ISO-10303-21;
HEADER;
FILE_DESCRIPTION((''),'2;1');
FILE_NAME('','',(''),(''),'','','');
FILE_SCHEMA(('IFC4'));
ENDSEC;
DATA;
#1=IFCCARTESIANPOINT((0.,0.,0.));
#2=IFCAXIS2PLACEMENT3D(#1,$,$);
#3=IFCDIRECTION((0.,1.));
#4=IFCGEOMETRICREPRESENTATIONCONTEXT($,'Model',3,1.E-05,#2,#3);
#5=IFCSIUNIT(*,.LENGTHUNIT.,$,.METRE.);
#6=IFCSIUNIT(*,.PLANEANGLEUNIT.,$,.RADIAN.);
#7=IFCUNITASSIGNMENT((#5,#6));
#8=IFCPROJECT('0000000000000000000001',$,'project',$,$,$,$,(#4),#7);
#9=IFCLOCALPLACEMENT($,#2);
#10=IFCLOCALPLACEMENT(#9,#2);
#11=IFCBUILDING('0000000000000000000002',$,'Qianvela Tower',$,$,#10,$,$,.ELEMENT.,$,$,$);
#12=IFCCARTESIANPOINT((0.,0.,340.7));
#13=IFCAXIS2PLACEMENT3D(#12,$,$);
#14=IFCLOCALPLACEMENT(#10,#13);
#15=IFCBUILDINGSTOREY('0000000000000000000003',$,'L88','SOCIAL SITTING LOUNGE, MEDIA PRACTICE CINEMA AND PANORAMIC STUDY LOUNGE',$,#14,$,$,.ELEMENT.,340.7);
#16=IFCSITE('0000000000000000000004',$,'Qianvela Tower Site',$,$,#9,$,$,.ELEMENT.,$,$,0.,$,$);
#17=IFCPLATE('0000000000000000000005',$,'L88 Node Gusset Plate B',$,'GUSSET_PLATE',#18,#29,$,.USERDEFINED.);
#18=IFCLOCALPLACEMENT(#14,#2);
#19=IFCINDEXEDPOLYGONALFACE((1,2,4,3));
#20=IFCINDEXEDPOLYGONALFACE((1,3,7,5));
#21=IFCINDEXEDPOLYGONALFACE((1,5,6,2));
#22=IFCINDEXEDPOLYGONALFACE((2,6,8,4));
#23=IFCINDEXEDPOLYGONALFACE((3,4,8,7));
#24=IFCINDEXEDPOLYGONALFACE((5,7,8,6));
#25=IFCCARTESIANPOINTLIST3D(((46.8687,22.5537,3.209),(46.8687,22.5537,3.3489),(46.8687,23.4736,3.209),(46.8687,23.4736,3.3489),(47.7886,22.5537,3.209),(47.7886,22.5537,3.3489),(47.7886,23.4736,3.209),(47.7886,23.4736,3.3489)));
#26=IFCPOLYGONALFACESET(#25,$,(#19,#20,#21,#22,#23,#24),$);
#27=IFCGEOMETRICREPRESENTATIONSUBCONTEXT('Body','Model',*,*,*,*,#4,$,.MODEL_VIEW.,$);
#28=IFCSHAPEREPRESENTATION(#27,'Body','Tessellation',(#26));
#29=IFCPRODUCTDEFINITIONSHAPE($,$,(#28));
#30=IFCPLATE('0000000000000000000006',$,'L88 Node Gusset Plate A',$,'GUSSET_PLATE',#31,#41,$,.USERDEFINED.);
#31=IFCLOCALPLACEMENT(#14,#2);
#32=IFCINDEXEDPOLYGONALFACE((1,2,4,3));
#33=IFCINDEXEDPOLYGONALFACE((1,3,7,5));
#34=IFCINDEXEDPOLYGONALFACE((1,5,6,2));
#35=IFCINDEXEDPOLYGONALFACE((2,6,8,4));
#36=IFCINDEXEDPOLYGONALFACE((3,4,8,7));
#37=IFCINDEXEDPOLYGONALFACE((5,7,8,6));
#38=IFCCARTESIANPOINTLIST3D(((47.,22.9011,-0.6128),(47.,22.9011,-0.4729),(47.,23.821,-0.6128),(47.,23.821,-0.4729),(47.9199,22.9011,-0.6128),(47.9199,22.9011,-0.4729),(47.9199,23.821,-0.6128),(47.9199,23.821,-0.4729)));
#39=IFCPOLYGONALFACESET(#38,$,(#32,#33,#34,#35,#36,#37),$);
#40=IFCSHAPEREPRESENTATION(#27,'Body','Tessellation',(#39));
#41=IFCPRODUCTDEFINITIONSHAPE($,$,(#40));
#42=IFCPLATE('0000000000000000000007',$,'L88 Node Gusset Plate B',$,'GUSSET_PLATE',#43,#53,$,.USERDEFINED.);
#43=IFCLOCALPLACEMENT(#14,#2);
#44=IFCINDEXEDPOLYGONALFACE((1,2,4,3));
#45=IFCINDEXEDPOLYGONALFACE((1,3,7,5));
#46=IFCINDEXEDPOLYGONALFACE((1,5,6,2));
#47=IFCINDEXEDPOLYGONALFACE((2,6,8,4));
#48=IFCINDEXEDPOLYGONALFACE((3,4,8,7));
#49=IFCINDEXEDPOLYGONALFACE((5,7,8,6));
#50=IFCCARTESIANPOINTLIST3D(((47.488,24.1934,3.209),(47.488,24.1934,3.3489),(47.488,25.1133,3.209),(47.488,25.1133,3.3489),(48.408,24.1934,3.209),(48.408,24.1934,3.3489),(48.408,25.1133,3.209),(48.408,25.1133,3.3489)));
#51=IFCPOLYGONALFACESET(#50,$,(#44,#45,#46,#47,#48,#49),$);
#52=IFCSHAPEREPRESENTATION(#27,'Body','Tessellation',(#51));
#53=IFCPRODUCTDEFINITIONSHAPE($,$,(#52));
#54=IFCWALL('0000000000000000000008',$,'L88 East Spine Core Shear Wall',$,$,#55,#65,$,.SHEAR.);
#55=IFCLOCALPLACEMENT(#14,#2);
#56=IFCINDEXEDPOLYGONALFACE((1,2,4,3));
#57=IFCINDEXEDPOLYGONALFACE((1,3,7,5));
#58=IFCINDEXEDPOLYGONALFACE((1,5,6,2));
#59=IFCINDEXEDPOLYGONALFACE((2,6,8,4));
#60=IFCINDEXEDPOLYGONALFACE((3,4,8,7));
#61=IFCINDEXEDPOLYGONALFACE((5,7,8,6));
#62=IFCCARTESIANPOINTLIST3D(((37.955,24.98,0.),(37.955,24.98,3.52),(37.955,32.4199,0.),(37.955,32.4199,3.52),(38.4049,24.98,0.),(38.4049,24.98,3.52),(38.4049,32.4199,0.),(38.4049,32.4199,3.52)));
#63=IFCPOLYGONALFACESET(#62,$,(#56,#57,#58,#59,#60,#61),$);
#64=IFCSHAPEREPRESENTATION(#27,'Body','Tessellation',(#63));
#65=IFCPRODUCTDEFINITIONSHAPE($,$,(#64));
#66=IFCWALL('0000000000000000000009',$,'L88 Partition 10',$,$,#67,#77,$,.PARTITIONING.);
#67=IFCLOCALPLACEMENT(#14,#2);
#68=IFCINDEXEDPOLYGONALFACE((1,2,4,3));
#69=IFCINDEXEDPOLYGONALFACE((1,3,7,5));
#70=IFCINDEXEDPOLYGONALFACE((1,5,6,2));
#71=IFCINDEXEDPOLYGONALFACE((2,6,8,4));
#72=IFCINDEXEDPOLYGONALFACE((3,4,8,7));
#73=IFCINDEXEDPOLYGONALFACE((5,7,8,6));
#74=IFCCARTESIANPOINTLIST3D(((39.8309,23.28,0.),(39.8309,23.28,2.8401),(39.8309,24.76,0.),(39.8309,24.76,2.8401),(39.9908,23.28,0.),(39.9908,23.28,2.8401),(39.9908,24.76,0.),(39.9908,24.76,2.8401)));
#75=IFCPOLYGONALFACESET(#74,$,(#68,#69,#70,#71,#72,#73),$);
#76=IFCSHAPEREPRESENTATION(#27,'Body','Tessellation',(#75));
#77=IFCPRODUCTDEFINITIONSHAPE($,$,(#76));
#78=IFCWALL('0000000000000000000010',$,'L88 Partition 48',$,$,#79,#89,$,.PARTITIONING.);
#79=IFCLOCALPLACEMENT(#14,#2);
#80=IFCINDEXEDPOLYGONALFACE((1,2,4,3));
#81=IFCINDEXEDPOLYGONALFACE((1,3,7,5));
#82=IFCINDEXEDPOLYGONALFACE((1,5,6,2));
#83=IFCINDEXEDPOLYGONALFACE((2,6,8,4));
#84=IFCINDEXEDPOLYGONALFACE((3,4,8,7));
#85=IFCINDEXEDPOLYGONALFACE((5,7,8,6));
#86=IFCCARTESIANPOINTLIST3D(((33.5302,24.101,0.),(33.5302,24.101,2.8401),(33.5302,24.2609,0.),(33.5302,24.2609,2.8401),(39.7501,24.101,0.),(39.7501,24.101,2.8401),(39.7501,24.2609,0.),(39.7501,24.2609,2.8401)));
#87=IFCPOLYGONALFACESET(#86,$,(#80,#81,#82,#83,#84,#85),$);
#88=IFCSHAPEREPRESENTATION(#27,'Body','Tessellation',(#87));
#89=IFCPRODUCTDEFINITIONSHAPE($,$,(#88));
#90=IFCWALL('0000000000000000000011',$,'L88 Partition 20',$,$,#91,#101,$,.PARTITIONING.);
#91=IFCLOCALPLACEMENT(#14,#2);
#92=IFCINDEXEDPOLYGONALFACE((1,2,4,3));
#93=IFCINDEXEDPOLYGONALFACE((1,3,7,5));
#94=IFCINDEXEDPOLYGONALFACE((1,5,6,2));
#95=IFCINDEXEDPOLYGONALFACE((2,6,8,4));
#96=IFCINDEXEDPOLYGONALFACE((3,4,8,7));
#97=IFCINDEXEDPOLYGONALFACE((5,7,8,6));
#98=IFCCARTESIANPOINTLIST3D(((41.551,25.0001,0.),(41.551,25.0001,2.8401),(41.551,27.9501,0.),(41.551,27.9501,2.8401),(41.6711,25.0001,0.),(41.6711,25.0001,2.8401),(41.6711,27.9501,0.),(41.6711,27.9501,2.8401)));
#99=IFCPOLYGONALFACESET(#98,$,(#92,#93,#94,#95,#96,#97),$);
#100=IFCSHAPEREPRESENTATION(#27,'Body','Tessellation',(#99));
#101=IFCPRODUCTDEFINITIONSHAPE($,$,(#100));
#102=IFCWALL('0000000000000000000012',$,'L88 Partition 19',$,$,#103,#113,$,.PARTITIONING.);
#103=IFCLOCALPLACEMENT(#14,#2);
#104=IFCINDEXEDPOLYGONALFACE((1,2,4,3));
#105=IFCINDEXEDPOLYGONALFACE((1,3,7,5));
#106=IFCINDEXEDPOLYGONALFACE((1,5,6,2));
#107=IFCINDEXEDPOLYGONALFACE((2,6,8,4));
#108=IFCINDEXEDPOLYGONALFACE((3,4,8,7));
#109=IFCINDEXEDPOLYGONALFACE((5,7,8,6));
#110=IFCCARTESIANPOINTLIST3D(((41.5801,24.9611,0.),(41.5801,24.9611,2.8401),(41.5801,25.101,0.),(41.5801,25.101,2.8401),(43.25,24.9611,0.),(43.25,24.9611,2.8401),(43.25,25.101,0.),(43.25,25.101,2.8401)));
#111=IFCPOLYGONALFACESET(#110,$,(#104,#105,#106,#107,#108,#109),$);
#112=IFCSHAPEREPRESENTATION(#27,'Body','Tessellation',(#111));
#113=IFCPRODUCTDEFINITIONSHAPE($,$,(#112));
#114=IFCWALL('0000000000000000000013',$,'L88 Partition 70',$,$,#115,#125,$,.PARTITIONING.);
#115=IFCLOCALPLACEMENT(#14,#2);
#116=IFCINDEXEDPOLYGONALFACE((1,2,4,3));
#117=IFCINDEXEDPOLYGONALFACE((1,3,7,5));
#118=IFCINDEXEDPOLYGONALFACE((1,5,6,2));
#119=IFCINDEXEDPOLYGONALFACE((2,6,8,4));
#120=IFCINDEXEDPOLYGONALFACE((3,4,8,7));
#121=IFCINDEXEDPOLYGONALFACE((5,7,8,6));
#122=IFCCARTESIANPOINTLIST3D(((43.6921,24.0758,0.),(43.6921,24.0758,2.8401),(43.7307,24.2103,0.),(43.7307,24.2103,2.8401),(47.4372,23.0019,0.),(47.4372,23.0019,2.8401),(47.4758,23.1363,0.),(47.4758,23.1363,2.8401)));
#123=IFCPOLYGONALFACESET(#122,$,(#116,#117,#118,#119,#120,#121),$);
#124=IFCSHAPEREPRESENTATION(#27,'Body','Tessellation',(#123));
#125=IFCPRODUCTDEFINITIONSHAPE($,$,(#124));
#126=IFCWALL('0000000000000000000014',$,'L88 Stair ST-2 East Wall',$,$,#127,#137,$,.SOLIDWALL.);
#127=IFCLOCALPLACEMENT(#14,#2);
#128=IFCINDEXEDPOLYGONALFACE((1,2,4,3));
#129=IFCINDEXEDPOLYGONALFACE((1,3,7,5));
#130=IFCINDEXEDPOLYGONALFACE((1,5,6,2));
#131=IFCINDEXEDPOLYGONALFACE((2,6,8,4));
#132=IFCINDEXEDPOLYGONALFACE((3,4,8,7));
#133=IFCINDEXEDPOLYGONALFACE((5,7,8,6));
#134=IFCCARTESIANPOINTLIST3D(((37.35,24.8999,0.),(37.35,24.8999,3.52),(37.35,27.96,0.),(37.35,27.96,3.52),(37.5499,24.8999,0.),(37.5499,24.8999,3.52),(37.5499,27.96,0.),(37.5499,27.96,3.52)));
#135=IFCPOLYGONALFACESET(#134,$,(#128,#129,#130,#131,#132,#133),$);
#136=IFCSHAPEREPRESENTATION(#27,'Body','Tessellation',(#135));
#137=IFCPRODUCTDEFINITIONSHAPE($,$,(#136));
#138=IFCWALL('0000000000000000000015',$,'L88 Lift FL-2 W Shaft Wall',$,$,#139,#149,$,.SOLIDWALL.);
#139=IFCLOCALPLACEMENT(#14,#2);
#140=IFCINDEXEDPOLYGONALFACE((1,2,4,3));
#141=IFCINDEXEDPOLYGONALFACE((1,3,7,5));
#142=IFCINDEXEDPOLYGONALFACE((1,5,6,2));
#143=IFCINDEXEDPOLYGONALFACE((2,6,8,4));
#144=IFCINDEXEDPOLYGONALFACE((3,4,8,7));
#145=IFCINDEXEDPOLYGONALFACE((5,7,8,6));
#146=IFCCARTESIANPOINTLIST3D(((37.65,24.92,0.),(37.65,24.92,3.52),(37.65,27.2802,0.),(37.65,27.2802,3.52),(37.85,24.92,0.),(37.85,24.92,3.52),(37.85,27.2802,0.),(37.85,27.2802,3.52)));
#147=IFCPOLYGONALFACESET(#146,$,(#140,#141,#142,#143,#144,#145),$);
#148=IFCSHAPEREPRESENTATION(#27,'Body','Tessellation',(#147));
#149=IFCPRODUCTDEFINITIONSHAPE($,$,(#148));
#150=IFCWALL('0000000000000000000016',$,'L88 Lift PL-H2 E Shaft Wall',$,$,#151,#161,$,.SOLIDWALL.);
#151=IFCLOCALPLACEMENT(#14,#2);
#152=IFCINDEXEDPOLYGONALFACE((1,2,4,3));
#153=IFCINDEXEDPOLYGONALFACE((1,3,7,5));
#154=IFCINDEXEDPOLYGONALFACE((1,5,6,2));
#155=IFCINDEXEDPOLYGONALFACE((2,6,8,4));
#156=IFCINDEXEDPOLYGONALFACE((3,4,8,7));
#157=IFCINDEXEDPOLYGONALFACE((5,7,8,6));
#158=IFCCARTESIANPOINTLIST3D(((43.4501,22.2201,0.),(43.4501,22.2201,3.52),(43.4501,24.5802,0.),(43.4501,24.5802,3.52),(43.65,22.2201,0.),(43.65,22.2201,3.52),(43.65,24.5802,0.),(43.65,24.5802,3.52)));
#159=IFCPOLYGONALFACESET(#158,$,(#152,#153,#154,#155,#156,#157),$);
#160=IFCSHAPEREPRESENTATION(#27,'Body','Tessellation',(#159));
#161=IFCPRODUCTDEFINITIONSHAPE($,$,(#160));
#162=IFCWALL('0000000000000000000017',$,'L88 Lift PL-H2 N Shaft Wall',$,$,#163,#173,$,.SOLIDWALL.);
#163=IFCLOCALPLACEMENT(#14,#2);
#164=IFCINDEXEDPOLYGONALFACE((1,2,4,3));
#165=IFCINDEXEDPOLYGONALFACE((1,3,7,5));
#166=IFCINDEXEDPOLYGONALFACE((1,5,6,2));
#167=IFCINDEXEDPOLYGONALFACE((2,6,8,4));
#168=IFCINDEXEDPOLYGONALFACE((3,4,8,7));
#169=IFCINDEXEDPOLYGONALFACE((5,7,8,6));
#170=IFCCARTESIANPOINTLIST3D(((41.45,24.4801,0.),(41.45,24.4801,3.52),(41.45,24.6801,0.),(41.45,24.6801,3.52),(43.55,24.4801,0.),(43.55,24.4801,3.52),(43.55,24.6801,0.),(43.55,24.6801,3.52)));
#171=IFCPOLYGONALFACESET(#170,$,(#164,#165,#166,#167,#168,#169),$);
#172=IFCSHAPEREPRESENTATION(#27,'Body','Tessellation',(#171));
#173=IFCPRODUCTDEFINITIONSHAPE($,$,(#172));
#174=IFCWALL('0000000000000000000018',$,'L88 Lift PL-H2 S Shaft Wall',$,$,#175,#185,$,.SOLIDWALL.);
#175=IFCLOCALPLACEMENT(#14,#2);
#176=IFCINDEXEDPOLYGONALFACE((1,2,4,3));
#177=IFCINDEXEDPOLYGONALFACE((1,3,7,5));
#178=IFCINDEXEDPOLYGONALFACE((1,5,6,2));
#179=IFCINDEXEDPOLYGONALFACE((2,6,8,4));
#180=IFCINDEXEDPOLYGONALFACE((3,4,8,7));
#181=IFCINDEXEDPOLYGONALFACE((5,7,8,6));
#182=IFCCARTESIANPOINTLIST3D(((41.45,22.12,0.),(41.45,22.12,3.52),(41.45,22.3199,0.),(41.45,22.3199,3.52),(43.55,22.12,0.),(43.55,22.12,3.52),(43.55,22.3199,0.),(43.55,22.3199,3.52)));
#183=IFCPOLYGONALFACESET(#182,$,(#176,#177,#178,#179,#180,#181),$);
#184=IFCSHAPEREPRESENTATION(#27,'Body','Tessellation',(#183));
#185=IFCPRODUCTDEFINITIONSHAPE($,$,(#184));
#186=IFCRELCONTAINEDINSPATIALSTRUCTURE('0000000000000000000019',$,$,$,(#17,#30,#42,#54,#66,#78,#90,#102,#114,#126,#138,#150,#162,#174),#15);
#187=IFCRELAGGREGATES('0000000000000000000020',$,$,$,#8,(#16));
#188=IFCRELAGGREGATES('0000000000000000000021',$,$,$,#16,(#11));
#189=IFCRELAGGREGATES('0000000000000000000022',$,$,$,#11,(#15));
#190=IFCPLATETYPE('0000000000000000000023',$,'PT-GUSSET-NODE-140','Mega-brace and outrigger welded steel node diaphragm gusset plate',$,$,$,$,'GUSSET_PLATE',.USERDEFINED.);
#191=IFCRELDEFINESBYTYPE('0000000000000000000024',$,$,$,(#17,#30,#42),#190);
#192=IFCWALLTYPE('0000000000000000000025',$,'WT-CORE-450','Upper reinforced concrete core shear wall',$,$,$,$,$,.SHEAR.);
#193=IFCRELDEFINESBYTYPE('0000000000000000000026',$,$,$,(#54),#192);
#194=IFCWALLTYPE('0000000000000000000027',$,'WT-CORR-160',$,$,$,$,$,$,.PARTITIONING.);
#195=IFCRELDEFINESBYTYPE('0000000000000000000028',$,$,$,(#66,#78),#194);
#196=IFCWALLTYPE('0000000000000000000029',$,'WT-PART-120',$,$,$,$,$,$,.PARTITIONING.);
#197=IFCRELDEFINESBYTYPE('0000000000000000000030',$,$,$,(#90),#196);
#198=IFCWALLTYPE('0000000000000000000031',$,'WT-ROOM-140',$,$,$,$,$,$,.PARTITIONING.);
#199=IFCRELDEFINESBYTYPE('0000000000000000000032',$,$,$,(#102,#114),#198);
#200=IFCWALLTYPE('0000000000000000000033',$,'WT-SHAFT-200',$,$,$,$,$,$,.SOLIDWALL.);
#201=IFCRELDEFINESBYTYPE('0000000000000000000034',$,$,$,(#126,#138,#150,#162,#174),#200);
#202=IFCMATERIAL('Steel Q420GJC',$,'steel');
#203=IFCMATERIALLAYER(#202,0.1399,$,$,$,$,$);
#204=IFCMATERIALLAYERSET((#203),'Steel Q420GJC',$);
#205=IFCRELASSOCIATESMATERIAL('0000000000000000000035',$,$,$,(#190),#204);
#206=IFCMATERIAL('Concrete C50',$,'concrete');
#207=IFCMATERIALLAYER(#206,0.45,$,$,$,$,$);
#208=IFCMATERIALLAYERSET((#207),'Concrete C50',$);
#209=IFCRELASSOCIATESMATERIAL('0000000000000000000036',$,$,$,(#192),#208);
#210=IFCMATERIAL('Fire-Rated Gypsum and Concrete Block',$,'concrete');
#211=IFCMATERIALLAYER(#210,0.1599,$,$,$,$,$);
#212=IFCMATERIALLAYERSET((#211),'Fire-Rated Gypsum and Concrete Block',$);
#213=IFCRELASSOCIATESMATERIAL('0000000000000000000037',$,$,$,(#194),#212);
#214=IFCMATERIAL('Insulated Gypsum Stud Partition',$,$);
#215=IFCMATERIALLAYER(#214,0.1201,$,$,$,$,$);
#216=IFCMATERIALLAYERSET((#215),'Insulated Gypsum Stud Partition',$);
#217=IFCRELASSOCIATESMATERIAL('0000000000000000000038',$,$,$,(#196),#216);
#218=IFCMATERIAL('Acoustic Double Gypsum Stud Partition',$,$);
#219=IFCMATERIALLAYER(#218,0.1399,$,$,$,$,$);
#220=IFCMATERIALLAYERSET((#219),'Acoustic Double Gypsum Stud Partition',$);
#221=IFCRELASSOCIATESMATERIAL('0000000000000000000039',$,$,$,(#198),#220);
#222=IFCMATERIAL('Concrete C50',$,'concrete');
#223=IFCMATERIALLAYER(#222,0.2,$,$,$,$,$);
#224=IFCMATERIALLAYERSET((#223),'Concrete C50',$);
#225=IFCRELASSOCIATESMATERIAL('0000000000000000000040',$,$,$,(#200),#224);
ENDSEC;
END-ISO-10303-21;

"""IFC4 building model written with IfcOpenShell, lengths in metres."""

from ifc_helpers import new_model, si_unit, direction, frame, frame_2d, origin, origin_2d, place, context, subcontext, project, spatial, rectangle, extrude, material, layer, layer_set, type_object, element, save


model = new_model("IFC4")

# Units and contexts
model_context = context("Model", 3, precision=1e-05, world=origin(), true_north=direction((0.0, 1.0)))
body_context = subcontext(model_context, "Body", "Model", "MODEL_VIEW")
ifc_project = project(units=[si_unit("LENGTHUNIT", "METRE"), si_unit("PLANEANGLEUNIT", "RADIAN")], contexts=[model_context])

# Site, building, storey
site_placement = place(None, origin())
site = spatial("IfcSite", under=ifc_project, at=site_placement, Name="Qianvela Tower Site", CompositionType="ELEMENT", RefElevation=0.0)
building_placement = place(site_placement, origin())
building = spatial("IfcBuilding", under=site, at=building_placement, Name="Qianvela Tower", CompositionType="ELEMENT")
storey_placement = place(building_placement, frame((0.0, 0.0, 340.7)))
storey = spatial("IfcBuildingStorey", under=building, at=storey_placement, Name="L88", Description="SOCIAL SITTING LOUNGE, MEDIA PRACTICE CINEMA AND PANORAMIC STUDY LOUNGE", CompositionType="ELEMENT", Elevation=340.7)

# Plates
ifc_material_1 = material(Name="Steel Q420GJC", Category="steel")
ifc_layer_1 = layer(ifc_material_1, 0.1399)
ifc_layer_set_1 = layer_set([ifc_layer_1], Name="Steel Q420GJC")
plate_type_1 = type_object("IfcPlateType", Name="PT-GUSSET-NODE-140", Description="Mega-brace and outrigger welded steel node diaphragm gusset plate", ElementType="GUSSET_PLATE", PredefinedType="USERDEFINED", material=ifc_layer_set_1)
for number, where, z_axis, x_axis, name in (
    (1, (47.3286, 23.0137, 3.209), (0.0, 0.0, 1.0), (1.0, 0.0, 0.0), "L88 Node Gusset Plate B"),
    (2, (47.46, 23.3611, -0.6128), (0.0, 0.0, 1.0), (1.0, 0.0, 0.0), "L88 Node Gusset Plate A"),
    (3, (47.948, 24.6533, 3.209), (0.0, 0.0, 1.0), (1.0, 0.0, 0.0), "L88 Node Gusset Plate B"),
):
    element("IfcPlate", number, at=place(storey_placement, frame(where, z_axis=z_axis, x_axis=x_axis)), inside=storey, type_object=plate_type_1, Name=name, ObjectType="GUSSET_PLATE", PredefinedType="USERDEFINED", context=body_context, shape_type="SweptSolid", body=[
        extrude(rectangle(XDim=0.9199, YDim=0.9199, at=origin_2d()), origin(), (0.0, 0.0, 1.0), 0.1399),
    ])

# Walls
ifc_material_2 = material(Name="Concrete C50", Category="concrete")
ifc_layer_2 = layer(ifc_material_2, 0.45)
ifc_layer_set_2 = layer_set([ifc_layer_2], Name="Concrete C50")
wall_type_1 = type_object("IfcWallType", Name="WT-CORE-450", Description="Upper reinforced concrete core shear wall", PredefinedType="SHEAR", material=ifc_layer_set_2)
wall_1_placement = place(storey_placement, frame((38.1799, 24.98, 0.0), z_axis=(0.0, 0.0, 1.0), x_axis=(0.0, 1.0, 0.0)))
element("IfcWall", 4, at=wall_1_placement, inside=storey, type_object=wall_type_1, Name="L88 East Spine Core Shear Wall", PredefinedType="SHEAR", context=body_context, shape_type="SweptSolid", body=[
    extrude(rectangle(XDim=7.4399, YDim=0.45, at=frame_2d((3.72, 0.0))), origin(), (0.0, 0.0, 1.0), 3.52),
])
ifc_material_3 = material(Name="Fire-Rated Gypsum and Concrete Block", Category="concrete")
ifc_layer_3 = layer(ifc_material_3, 0.1599)
ifc_layer_set_3 = layer_set([ifc_layer_3], Name="Fire-Rated Gypsum and Concrete Block")
wall_type_2 = type_object("IfcWallType", Name="WT-CORR-160", PredefinedType="PARTITIONING", material=ifc_layer_set_3)
wall_2_placement = place(storey_placement, frame((39.9109, 23.28, 0.0), z_axis=(0.0, 0.0, 1.0), x_axis=(0.0, 1.0, 0.0)))
element("IfcWall", 5, at=wall_2_placement, inside=storey, type_object=wall_type_2, Name="L88 Partition 10", PredefinedType="PARTITIONING", context=body_context, shape_type="SweptSolid", body=[
    extrude(rectangle(XDim=1.48, YDim=0.1599, at=frame_2d((0.74, 0.0))), origin(), (0.0, 0.0, 1.0), 2.8401),
])
wall_3_placement = place(storey_placement, frame((39.75, 24.1809, 0.0), z_axis=(0.0, 0.0, 1.0), x_axis=(-1.0, 0.0, 0.0)))
element("IfcWall", 6, at=wall_3_placement, inside=storey, type_object=wall_type_2, Name="L88 Partition 48", PredefinedType="PARTITIONING", context=body_context, shape_type="SweptSolid", body=[
    extrude(rectangle(XDim=6.22, YDim=0.1599, at=frame_2d((3.1099, 0.0))), origin(), (0.0, 0.0, 1.0), 2.8401),
])
ifc_material_4 = material(Name="Insulated Gypsum Stud Partition")
ifc_layer_4 = layer(ifc_material_4, 0.1201)
ifc_layer_set_4 = layer_set([ifc_layer_4], Name="Insulated Gypsum Stud Partition")
wall_type_3 = type_object("IfcWallType", Name="WT-PART-120", PredefinedType="PARTITIONING", material=ifc_layer_set_4)
wall_4_placement = place(storey_placement, frame((41.6111, 25.0, 0.0), z_axis=(0.0, 0.0, 1.0), x_axis=(0.0, 1.0, 0.0)))
element("IfcWall", 7, at=wall_4_placement, inside=storey, type_object=wall_type_3, Name="L88 Partition 20", PredefinedType="PARTITIONING", context=body_context, shape_type="SweptSolid", body=[
    extrude(rectangle(XDim=2.95, YDim=0.1201, at=frame_2d((1.4751, 0.0))), origin(), (0.0, 0.0, 1.0), 2.8401),
])
ifc_material_5 = material(Name="Acoustic Double Gypsum Stud Partition")
ifc_layer_5 = layer(ifc_material_5, 0.1399)
ifc_layer_set_5 = layer_set([ifc_layer_5], Name="Acoustic Double Gypsum Stud Partition")
wall_type_4 = type_object("IfcWallType", Name="WT-ROOM-140", PredefinedType="PARTITIONING", material=ifc_layer_set_5)
wall_5_placement = place(storey_placement, frame((43.25, 25.031, 0.0), z_axis=(0.0, 0.0, 1.0), x_axis=(-1.0, 0.0, 0.0)))
element("IfcWall", 8, at=wall_5_placement, inside=storey, type_object=wall_type_4, Name="L88 Partition 19", PredefinedType="PARTITIONING", context=body_context, shape_type="SweptSolid", body=[
    extrude(rectangle(XDim=1.6699, YDim=0.1399, at=frame_2d((0.835, 0.0))), origin(), (0.0, 0.0, 1.0), 2.8401),
])
wall_6_placement = place(storey_placement, frame((43.7114, 24.1431, 0.0), z_axis=(0.0, 0.0, 1.0), x_axis=(0.961256, -0.275656, 0.0)))
element("IfcWall", 9, at=wall_6_placement, inside=storey, type_object=wall_type_4, Name="L88 Partition 70", PredefinedType="PARTITIONING", context=body_context, shape_type="SweptSolid", body=[
    extrude(rectangle(XDim=3.896, YDim=0.1399, at=frame_2d((1.948, 0.0))), origin(), (0.0, 0.0, 1.0), 2.8401),
])
ifc_material_6 = material(Name="Concrete C50", Category="concrete")
ifc_layer_6 = layer(ifc_material_6, 0.2)
ifc_layer_set_6 = layer_set([ifc_layer_6], Name="Concrete C50")
wall_type_5 = type_object("IfcWallType", Name="WT-SHAFT-200", PredefinedType="SOLIDWALL", material=ifc_layer_set_6)
wall_7_placement = place(storey_placement, frame((37.45, 24.8999, 0.0), z_axis=(0.0, 0.0, 1.0), x_axis=(0.0, 1.0, 0.0)))
element("IfcWall", 10, at=wall_7_placement, inside=storey, type_object=wall_type_5, Name="L88 Stair ST-2 East Wall", PredefinedType="SOLIDWALL", context=body_context, shape_type="SweptSolid", body=[
    extrude(rectangle(XDim=3.0601, YDim=0.2, at=frame_2d((1.53, 0.0))), origin(), (0.0, 0.0, 1.0), 3.52),
])

# Walls
for number, where, z_axis, x_axis, name in (
    (11, (37.75, 24.9199, 0.0), (0.0, 0.0, 1.0), (0.0, 1.0, 0.0), "L88 Lift FL-2 W Shaft Wall"),
    (12, (43.55, 22.22, 0.0), (0.0, 0.0, 1.0), (0.0, 1.0, 0.0), "L88 Lift PL-H2 E Shaft Wall"),
):
    element("IfcWall", number, at=place(storey_placement, frame(where, z_axis=z_axis, x_axis=x_axis)), inside=storey, type_object=wall_type_5, Name=name, PredefinedType="SOLIDWALL", context=body_context, shape_type="SweptSolid", body=[
        extrude(rectangle(XDim=2.3601, YDim=0.2, at=frame_2d((1.1802, 0.0))), origin(), (0.0, 0.0, 1.0), 3.52),
    ])

# Walls
for number, where, z_axis, x_axis, name in (
    (13, (41.45, 24.5801, 0.0), (0.0, 0.0, 1.0), (1.0, 0.0, 0.0), "L88 Lift PL-H2 N Shaft Wall"),
    (14, (41.45, 22.22, 0.0), (0.0, 0.0, 1.0), (1.0, 0.0, 0.0), "L88 Lift PL-H2 S Shaft Wall"),
):
    element("IfcWall", number, at=place(storey_placement, frame(where, z_axis=z_axis, x_axis=x_axis)), inside=storey, type_object=wall_type_5, Name=name, PredefinedType="SOLIDWALL", context=body_context, shape_type="SweptSolid", body=[
        extrude(rectangle(XDim=2.1001, YDim=0.2, at=frame_2d((1.05, 0.0))), origin(), (0.0, 0.0, 1.0), 3.52),
    ])

save(model, "model.ifc")
